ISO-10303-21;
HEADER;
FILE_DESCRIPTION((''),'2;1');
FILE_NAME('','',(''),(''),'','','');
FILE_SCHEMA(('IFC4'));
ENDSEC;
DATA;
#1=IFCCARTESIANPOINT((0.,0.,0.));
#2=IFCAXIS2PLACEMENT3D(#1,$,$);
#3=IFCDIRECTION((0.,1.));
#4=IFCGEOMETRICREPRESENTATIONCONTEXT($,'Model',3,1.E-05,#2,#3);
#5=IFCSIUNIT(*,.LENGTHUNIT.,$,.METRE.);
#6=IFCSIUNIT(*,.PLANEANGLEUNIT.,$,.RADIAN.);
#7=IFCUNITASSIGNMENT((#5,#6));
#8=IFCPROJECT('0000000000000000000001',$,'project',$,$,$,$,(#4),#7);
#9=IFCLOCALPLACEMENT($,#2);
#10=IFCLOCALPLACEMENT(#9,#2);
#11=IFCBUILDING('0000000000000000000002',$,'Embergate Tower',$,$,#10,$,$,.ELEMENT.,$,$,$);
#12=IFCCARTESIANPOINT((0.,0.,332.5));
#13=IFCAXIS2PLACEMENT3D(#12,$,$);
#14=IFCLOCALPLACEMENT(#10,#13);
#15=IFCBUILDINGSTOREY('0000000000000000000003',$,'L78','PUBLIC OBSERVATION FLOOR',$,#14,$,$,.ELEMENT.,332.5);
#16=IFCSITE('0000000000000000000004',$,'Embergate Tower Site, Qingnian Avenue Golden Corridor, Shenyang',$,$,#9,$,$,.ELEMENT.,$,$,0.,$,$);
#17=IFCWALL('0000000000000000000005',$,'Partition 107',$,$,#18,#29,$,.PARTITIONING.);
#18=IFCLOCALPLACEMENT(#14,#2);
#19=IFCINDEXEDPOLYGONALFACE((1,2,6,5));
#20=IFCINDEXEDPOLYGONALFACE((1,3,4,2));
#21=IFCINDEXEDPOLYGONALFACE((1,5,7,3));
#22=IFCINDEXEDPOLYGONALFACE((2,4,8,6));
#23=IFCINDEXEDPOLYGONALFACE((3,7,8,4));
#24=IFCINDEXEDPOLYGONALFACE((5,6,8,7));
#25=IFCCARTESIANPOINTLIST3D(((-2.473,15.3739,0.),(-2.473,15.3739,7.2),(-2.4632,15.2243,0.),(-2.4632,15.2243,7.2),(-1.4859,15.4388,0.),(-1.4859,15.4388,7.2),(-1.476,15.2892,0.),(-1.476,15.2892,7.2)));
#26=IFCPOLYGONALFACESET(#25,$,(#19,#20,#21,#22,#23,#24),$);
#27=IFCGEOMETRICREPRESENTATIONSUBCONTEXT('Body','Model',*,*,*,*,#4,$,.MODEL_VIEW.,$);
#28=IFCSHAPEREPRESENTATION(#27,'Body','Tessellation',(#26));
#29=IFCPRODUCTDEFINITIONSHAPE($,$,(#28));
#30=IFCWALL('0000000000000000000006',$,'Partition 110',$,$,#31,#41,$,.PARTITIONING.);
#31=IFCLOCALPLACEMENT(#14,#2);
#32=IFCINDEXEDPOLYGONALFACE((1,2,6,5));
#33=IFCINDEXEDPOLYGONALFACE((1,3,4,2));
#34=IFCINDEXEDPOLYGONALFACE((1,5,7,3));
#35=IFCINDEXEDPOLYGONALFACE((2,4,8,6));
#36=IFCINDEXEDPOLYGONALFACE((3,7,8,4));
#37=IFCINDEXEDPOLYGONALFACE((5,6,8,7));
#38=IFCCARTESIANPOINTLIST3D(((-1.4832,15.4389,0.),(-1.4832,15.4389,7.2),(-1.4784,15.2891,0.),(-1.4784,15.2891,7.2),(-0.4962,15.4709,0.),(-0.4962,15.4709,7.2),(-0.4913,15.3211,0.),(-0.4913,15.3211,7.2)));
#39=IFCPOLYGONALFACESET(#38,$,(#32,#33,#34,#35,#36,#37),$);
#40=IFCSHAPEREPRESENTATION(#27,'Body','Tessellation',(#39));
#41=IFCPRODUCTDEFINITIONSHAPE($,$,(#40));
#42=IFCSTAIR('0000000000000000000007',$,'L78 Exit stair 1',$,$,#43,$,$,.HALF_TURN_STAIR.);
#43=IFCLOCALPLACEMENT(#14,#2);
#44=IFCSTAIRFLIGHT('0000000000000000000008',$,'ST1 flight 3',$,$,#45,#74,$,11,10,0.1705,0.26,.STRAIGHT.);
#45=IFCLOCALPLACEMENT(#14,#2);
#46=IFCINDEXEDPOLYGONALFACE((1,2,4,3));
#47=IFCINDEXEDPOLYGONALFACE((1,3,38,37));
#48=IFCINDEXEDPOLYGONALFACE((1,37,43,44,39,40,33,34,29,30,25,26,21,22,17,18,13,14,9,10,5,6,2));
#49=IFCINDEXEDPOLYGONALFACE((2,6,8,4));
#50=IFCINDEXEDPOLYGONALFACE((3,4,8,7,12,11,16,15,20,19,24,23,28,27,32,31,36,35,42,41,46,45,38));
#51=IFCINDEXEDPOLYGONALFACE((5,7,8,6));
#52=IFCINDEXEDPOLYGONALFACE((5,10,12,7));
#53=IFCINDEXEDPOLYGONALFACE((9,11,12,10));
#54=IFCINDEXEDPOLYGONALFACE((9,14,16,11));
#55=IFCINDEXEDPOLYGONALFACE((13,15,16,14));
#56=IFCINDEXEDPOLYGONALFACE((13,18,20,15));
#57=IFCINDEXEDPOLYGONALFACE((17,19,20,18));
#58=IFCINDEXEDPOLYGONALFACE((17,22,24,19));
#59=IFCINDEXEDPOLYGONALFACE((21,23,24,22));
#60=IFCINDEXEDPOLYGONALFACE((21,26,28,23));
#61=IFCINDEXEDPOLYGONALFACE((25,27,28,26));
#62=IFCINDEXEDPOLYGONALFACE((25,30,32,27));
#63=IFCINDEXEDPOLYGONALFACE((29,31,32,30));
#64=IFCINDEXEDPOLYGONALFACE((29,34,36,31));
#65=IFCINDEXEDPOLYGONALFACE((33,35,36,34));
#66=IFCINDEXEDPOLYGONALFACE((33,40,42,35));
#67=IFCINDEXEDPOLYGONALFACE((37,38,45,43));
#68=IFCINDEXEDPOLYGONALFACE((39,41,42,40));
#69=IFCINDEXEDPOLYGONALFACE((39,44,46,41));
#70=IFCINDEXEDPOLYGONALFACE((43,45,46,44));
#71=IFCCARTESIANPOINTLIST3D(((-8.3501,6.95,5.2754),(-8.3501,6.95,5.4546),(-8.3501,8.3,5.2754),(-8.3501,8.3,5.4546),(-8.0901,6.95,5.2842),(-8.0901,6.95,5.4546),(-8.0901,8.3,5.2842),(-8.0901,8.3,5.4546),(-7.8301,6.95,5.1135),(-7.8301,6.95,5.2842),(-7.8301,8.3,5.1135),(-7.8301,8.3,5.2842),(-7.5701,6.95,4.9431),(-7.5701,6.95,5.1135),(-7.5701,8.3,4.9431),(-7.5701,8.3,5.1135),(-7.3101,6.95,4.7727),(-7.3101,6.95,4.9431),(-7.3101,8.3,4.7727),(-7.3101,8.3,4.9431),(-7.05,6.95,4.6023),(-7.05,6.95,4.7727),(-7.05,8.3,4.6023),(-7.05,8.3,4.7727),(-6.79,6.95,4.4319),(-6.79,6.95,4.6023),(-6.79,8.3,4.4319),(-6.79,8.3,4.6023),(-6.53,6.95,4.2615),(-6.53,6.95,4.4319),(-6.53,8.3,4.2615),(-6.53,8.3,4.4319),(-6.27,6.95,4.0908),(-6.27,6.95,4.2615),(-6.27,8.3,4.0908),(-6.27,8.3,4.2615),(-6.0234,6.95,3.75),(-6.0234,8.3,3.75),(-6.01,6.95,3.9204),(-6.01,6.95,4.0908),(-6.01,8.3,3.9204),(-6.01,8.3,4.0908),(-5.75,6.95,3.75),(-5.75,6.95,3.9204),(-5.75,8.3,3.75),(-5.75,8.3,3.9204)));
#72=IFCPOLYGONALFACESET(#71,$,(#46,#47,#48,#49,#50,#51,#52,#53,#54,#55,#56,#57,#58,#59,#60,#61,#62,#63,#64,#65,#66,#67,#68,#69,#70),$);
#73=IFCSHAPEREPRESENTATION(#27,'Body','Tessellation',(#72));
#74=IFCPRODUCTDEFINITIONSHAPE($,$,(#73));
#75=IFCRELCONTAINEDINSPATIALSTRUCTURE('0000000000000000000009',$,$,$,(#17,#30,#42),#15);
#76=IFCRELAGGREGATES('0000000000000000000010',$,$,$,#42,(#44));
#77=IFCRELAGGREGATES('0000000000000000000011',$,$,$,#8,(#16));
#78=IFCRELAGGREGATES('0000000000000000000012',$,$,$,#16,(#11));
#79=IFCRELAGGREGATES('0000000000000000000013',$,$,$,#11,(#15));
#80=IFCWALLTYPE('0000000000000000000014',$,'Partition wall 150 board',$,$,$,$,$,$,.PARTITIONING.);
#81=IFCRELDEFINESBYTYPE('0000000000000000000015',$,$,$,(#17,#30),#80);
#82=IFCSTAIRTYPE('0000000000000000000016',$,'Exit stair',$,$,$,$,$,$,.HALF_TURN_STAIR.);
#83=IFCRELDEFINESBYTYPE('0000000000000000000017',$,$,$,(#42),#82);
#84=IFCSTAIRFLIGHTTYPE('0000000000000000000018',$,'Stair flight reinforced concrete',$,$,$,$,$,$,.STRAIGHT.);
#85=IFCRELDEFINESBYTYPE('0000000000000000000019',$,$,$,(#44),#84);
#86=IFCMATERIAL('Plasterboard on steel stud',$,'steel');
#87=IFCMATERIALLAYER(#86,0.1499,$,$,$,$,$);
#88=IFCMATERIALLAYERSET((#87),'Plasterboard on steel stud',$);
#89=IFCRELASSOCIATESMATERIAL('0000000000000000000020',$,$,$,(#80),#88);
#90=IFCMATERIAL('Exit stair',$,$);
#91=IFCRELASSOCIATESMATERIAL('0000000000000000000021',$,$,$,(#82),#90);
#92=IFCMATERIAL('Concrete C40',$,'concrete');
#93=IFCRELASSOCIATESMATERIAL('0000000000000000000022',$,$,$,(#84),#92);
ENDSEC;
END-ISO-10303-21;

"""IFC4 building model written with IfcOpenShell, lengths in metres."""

from ifc_helpers import new_model, si_unit, direction, frame, frame_2d, origin, place, context, subcontext, project, spatial, polyline, rectangle, outline, extrude, source, transform, mapped, material, layer, layer_set, type_object, element, aggregate, save


model = new_model("IFC4")

# Units and contexts
model_context = context("Model", 3, precision=1e-05, world=origin(), true_north=direction((0.0, 1.0)))
body_context = subcontext(model_context, "Body", "Model", "MODEL_VIEW")
ifc_project = project(units=[si_unit("LENGTHUNIT", "METRE"), si_unit("PLANEANGLEUNIT", "RADIAN")], contexts=[model_context])

# Site, building, storey
site_placement = place(None, origin())
site = spatial("IfcSite", under=ifc_project, at=site_placement, Name="Embergate Tower Site, Qingnian Avenue Golden Corridor, Shenyang", CompositionType="ELEMENT", RefElevation=0.0)
building_placement = place(site_placement, origin())
building = spatial("IfcBuilding", under=site, at=building_placement, Name="Embergate Tower", CompositionType="ELEMENT")
storey_placement = place(building_placement, frame((0.0, 0.0, 332.5)))
storey = spatial("IfcBuildingStorey", under=building, at=storey_placement, Name="L78", Description="PUBLIC OBSERVATION FLOOR", CompositionType="ELEMENT", Elevation=332.5)

# Shared definitions
ifc_material_1 = material(Name="Plasterboard on steel stud", Category="steel")
ifc_layer_1 = layer(ifc_material_1, 0.1499)
ifc_layer_set_1 = layer_set([ifc_layer_1], Name="Plasterboard on steel stud")
wall_type_1 = type_object("IfcWallType", Name="Partition wall 150 board", PredefinedType="PARTITIONING", material=ifc_layer_set_1)

# Walls
shared_shape_1 = source(origin(), body_context, "Body", "SweptSolid", [
    extrude(rectangle(XDim=0.9893, YDim=0.1499, at=frame_2d((0.4946, 0.0))), origin(), (0.0, 0.0, 1.0), 7.2),
])
wall_1_placement = place(storey_placement, frame((-1.481, 15.364, 0.0), z_axis=(0.0, 0.0, 1.0), x_axis=(-0.997843, -0.065651, 0.0)))
element("IfcWall", 1, at=wall_1_placement, inside=storey, type_object=wall_type_1, Name="Partition 107", PredefinedType="PARTITIONING", context=body_context, shape_type="MappedRepresentation", body=[
    mapped(shared_shape_1, transform((0.0, 0.0, 0.0))),
])
shared_shape_2 = source(origin(), body_context, "Body", "SweptSolid", [
    extrude(rectangle(XDim=0.9875, YDim=0.1499, at=frame_2d((0.4937, 0.0))), origin(), (0.0, 0.0, 1.0), 7.2),
])
wall_2_placement = place(storey_placement, frame((-0.4939, 15.396, 0.0), z_axis=(0.0, 0.0, 1.0), x_axis=(-0.999475, -0.032385, 0.0)))
element("IfcWall", 2, at=wall_2_placement, inside=storey, type_object=wall_type_1, Name="Partition 110", PredefinedType="PARTITIONING", context=body_context, shape_type="MappedRepresentation", body=[
    mapped(shared_shape_2, transform((0.0, 0.0, 0.0))),
])

# Stair, stair flight
ifc_material_2 = material(Name="Exit stair")
stair_type = type_object("IfcStairType", Name="Exit stair", PredefinedType="HALF_TURN_STAIR", material=ifc_material_2)
stair_placement = place(storey_placement, origin())
stair = element("IfcStair", 3, at=stair_placement, inside=storey, type_object=stair_type, Name="L78 Exit stair 1", PredefinedType="HALF_TURN_STAIR")
ifc_material_3 = material(Name="Concrete C40", Category="concrete")
stair_flight_type = type_object("IfcStairFlightType", Name="Stair flight reinforced concrete", PredefinedType="STRAIGHT", material=ifc_material_3)
shared_shape_3 = source(origin(), body_context, "Body", "SweptSolid", [
    extrude(outline(polyline([(0.0, 0.0), (0.0, 0.1704), (0.26, 0.1704), (0.26, 0.3408), (0.52, 0.3408), (0.52, 0.5115), (0.78, 0.5115), (0.78, 0.6819), (1.04, 0.6819), (1.04, 0.8523), (1.3, 0.8523), (1.3, 1.0227), (1.5601, 1.0227), (1.5601, 1.1931), (1.8201, 1.1931), (1.8201, 1.3635), (2.0801, 1.3635), (2.0801, 1.5342), (2.3401, 1.5342), (2.3401, 1.7046), (2.6001, 1.7046), (2.6001, 1.875), (2.6001, 1.5254), (0.2734, 0.0), (0.0, 0.0)])), frame((0.0, 0.675, 0.0), z_axis=(0.0, -1.0, 0.0), x_axis=(1.0, 0.0, 0.0)), (0.0, 0.0, 1.0), 1.3501),
])
stair_flight_placement = place(storey_placement, frame((-5.75, 7.625, 3.75), z_axis=(0.0, 0.0, 1.0), x_axis=(-1.0, 0.0, 0.0)))
stair_flight = element("IfcStairFlight", 4, at=stair_flight_placement, type_object=stair_flight_type, Name="ST1 flight 3", NumberOfRisers=11, NumberOfTreads=10, PredefinedType="STRAIGHT", RiserHeight=0.1705, TreadLength=0.26, context=body_context, shape_type="MappedRepresentation", body=[
    mapped(shared_shape_3, transform((0.0, 0.0, 0.0))),
])
aggregate(stair, [stair_flight])

save(model, "model.ifc")
